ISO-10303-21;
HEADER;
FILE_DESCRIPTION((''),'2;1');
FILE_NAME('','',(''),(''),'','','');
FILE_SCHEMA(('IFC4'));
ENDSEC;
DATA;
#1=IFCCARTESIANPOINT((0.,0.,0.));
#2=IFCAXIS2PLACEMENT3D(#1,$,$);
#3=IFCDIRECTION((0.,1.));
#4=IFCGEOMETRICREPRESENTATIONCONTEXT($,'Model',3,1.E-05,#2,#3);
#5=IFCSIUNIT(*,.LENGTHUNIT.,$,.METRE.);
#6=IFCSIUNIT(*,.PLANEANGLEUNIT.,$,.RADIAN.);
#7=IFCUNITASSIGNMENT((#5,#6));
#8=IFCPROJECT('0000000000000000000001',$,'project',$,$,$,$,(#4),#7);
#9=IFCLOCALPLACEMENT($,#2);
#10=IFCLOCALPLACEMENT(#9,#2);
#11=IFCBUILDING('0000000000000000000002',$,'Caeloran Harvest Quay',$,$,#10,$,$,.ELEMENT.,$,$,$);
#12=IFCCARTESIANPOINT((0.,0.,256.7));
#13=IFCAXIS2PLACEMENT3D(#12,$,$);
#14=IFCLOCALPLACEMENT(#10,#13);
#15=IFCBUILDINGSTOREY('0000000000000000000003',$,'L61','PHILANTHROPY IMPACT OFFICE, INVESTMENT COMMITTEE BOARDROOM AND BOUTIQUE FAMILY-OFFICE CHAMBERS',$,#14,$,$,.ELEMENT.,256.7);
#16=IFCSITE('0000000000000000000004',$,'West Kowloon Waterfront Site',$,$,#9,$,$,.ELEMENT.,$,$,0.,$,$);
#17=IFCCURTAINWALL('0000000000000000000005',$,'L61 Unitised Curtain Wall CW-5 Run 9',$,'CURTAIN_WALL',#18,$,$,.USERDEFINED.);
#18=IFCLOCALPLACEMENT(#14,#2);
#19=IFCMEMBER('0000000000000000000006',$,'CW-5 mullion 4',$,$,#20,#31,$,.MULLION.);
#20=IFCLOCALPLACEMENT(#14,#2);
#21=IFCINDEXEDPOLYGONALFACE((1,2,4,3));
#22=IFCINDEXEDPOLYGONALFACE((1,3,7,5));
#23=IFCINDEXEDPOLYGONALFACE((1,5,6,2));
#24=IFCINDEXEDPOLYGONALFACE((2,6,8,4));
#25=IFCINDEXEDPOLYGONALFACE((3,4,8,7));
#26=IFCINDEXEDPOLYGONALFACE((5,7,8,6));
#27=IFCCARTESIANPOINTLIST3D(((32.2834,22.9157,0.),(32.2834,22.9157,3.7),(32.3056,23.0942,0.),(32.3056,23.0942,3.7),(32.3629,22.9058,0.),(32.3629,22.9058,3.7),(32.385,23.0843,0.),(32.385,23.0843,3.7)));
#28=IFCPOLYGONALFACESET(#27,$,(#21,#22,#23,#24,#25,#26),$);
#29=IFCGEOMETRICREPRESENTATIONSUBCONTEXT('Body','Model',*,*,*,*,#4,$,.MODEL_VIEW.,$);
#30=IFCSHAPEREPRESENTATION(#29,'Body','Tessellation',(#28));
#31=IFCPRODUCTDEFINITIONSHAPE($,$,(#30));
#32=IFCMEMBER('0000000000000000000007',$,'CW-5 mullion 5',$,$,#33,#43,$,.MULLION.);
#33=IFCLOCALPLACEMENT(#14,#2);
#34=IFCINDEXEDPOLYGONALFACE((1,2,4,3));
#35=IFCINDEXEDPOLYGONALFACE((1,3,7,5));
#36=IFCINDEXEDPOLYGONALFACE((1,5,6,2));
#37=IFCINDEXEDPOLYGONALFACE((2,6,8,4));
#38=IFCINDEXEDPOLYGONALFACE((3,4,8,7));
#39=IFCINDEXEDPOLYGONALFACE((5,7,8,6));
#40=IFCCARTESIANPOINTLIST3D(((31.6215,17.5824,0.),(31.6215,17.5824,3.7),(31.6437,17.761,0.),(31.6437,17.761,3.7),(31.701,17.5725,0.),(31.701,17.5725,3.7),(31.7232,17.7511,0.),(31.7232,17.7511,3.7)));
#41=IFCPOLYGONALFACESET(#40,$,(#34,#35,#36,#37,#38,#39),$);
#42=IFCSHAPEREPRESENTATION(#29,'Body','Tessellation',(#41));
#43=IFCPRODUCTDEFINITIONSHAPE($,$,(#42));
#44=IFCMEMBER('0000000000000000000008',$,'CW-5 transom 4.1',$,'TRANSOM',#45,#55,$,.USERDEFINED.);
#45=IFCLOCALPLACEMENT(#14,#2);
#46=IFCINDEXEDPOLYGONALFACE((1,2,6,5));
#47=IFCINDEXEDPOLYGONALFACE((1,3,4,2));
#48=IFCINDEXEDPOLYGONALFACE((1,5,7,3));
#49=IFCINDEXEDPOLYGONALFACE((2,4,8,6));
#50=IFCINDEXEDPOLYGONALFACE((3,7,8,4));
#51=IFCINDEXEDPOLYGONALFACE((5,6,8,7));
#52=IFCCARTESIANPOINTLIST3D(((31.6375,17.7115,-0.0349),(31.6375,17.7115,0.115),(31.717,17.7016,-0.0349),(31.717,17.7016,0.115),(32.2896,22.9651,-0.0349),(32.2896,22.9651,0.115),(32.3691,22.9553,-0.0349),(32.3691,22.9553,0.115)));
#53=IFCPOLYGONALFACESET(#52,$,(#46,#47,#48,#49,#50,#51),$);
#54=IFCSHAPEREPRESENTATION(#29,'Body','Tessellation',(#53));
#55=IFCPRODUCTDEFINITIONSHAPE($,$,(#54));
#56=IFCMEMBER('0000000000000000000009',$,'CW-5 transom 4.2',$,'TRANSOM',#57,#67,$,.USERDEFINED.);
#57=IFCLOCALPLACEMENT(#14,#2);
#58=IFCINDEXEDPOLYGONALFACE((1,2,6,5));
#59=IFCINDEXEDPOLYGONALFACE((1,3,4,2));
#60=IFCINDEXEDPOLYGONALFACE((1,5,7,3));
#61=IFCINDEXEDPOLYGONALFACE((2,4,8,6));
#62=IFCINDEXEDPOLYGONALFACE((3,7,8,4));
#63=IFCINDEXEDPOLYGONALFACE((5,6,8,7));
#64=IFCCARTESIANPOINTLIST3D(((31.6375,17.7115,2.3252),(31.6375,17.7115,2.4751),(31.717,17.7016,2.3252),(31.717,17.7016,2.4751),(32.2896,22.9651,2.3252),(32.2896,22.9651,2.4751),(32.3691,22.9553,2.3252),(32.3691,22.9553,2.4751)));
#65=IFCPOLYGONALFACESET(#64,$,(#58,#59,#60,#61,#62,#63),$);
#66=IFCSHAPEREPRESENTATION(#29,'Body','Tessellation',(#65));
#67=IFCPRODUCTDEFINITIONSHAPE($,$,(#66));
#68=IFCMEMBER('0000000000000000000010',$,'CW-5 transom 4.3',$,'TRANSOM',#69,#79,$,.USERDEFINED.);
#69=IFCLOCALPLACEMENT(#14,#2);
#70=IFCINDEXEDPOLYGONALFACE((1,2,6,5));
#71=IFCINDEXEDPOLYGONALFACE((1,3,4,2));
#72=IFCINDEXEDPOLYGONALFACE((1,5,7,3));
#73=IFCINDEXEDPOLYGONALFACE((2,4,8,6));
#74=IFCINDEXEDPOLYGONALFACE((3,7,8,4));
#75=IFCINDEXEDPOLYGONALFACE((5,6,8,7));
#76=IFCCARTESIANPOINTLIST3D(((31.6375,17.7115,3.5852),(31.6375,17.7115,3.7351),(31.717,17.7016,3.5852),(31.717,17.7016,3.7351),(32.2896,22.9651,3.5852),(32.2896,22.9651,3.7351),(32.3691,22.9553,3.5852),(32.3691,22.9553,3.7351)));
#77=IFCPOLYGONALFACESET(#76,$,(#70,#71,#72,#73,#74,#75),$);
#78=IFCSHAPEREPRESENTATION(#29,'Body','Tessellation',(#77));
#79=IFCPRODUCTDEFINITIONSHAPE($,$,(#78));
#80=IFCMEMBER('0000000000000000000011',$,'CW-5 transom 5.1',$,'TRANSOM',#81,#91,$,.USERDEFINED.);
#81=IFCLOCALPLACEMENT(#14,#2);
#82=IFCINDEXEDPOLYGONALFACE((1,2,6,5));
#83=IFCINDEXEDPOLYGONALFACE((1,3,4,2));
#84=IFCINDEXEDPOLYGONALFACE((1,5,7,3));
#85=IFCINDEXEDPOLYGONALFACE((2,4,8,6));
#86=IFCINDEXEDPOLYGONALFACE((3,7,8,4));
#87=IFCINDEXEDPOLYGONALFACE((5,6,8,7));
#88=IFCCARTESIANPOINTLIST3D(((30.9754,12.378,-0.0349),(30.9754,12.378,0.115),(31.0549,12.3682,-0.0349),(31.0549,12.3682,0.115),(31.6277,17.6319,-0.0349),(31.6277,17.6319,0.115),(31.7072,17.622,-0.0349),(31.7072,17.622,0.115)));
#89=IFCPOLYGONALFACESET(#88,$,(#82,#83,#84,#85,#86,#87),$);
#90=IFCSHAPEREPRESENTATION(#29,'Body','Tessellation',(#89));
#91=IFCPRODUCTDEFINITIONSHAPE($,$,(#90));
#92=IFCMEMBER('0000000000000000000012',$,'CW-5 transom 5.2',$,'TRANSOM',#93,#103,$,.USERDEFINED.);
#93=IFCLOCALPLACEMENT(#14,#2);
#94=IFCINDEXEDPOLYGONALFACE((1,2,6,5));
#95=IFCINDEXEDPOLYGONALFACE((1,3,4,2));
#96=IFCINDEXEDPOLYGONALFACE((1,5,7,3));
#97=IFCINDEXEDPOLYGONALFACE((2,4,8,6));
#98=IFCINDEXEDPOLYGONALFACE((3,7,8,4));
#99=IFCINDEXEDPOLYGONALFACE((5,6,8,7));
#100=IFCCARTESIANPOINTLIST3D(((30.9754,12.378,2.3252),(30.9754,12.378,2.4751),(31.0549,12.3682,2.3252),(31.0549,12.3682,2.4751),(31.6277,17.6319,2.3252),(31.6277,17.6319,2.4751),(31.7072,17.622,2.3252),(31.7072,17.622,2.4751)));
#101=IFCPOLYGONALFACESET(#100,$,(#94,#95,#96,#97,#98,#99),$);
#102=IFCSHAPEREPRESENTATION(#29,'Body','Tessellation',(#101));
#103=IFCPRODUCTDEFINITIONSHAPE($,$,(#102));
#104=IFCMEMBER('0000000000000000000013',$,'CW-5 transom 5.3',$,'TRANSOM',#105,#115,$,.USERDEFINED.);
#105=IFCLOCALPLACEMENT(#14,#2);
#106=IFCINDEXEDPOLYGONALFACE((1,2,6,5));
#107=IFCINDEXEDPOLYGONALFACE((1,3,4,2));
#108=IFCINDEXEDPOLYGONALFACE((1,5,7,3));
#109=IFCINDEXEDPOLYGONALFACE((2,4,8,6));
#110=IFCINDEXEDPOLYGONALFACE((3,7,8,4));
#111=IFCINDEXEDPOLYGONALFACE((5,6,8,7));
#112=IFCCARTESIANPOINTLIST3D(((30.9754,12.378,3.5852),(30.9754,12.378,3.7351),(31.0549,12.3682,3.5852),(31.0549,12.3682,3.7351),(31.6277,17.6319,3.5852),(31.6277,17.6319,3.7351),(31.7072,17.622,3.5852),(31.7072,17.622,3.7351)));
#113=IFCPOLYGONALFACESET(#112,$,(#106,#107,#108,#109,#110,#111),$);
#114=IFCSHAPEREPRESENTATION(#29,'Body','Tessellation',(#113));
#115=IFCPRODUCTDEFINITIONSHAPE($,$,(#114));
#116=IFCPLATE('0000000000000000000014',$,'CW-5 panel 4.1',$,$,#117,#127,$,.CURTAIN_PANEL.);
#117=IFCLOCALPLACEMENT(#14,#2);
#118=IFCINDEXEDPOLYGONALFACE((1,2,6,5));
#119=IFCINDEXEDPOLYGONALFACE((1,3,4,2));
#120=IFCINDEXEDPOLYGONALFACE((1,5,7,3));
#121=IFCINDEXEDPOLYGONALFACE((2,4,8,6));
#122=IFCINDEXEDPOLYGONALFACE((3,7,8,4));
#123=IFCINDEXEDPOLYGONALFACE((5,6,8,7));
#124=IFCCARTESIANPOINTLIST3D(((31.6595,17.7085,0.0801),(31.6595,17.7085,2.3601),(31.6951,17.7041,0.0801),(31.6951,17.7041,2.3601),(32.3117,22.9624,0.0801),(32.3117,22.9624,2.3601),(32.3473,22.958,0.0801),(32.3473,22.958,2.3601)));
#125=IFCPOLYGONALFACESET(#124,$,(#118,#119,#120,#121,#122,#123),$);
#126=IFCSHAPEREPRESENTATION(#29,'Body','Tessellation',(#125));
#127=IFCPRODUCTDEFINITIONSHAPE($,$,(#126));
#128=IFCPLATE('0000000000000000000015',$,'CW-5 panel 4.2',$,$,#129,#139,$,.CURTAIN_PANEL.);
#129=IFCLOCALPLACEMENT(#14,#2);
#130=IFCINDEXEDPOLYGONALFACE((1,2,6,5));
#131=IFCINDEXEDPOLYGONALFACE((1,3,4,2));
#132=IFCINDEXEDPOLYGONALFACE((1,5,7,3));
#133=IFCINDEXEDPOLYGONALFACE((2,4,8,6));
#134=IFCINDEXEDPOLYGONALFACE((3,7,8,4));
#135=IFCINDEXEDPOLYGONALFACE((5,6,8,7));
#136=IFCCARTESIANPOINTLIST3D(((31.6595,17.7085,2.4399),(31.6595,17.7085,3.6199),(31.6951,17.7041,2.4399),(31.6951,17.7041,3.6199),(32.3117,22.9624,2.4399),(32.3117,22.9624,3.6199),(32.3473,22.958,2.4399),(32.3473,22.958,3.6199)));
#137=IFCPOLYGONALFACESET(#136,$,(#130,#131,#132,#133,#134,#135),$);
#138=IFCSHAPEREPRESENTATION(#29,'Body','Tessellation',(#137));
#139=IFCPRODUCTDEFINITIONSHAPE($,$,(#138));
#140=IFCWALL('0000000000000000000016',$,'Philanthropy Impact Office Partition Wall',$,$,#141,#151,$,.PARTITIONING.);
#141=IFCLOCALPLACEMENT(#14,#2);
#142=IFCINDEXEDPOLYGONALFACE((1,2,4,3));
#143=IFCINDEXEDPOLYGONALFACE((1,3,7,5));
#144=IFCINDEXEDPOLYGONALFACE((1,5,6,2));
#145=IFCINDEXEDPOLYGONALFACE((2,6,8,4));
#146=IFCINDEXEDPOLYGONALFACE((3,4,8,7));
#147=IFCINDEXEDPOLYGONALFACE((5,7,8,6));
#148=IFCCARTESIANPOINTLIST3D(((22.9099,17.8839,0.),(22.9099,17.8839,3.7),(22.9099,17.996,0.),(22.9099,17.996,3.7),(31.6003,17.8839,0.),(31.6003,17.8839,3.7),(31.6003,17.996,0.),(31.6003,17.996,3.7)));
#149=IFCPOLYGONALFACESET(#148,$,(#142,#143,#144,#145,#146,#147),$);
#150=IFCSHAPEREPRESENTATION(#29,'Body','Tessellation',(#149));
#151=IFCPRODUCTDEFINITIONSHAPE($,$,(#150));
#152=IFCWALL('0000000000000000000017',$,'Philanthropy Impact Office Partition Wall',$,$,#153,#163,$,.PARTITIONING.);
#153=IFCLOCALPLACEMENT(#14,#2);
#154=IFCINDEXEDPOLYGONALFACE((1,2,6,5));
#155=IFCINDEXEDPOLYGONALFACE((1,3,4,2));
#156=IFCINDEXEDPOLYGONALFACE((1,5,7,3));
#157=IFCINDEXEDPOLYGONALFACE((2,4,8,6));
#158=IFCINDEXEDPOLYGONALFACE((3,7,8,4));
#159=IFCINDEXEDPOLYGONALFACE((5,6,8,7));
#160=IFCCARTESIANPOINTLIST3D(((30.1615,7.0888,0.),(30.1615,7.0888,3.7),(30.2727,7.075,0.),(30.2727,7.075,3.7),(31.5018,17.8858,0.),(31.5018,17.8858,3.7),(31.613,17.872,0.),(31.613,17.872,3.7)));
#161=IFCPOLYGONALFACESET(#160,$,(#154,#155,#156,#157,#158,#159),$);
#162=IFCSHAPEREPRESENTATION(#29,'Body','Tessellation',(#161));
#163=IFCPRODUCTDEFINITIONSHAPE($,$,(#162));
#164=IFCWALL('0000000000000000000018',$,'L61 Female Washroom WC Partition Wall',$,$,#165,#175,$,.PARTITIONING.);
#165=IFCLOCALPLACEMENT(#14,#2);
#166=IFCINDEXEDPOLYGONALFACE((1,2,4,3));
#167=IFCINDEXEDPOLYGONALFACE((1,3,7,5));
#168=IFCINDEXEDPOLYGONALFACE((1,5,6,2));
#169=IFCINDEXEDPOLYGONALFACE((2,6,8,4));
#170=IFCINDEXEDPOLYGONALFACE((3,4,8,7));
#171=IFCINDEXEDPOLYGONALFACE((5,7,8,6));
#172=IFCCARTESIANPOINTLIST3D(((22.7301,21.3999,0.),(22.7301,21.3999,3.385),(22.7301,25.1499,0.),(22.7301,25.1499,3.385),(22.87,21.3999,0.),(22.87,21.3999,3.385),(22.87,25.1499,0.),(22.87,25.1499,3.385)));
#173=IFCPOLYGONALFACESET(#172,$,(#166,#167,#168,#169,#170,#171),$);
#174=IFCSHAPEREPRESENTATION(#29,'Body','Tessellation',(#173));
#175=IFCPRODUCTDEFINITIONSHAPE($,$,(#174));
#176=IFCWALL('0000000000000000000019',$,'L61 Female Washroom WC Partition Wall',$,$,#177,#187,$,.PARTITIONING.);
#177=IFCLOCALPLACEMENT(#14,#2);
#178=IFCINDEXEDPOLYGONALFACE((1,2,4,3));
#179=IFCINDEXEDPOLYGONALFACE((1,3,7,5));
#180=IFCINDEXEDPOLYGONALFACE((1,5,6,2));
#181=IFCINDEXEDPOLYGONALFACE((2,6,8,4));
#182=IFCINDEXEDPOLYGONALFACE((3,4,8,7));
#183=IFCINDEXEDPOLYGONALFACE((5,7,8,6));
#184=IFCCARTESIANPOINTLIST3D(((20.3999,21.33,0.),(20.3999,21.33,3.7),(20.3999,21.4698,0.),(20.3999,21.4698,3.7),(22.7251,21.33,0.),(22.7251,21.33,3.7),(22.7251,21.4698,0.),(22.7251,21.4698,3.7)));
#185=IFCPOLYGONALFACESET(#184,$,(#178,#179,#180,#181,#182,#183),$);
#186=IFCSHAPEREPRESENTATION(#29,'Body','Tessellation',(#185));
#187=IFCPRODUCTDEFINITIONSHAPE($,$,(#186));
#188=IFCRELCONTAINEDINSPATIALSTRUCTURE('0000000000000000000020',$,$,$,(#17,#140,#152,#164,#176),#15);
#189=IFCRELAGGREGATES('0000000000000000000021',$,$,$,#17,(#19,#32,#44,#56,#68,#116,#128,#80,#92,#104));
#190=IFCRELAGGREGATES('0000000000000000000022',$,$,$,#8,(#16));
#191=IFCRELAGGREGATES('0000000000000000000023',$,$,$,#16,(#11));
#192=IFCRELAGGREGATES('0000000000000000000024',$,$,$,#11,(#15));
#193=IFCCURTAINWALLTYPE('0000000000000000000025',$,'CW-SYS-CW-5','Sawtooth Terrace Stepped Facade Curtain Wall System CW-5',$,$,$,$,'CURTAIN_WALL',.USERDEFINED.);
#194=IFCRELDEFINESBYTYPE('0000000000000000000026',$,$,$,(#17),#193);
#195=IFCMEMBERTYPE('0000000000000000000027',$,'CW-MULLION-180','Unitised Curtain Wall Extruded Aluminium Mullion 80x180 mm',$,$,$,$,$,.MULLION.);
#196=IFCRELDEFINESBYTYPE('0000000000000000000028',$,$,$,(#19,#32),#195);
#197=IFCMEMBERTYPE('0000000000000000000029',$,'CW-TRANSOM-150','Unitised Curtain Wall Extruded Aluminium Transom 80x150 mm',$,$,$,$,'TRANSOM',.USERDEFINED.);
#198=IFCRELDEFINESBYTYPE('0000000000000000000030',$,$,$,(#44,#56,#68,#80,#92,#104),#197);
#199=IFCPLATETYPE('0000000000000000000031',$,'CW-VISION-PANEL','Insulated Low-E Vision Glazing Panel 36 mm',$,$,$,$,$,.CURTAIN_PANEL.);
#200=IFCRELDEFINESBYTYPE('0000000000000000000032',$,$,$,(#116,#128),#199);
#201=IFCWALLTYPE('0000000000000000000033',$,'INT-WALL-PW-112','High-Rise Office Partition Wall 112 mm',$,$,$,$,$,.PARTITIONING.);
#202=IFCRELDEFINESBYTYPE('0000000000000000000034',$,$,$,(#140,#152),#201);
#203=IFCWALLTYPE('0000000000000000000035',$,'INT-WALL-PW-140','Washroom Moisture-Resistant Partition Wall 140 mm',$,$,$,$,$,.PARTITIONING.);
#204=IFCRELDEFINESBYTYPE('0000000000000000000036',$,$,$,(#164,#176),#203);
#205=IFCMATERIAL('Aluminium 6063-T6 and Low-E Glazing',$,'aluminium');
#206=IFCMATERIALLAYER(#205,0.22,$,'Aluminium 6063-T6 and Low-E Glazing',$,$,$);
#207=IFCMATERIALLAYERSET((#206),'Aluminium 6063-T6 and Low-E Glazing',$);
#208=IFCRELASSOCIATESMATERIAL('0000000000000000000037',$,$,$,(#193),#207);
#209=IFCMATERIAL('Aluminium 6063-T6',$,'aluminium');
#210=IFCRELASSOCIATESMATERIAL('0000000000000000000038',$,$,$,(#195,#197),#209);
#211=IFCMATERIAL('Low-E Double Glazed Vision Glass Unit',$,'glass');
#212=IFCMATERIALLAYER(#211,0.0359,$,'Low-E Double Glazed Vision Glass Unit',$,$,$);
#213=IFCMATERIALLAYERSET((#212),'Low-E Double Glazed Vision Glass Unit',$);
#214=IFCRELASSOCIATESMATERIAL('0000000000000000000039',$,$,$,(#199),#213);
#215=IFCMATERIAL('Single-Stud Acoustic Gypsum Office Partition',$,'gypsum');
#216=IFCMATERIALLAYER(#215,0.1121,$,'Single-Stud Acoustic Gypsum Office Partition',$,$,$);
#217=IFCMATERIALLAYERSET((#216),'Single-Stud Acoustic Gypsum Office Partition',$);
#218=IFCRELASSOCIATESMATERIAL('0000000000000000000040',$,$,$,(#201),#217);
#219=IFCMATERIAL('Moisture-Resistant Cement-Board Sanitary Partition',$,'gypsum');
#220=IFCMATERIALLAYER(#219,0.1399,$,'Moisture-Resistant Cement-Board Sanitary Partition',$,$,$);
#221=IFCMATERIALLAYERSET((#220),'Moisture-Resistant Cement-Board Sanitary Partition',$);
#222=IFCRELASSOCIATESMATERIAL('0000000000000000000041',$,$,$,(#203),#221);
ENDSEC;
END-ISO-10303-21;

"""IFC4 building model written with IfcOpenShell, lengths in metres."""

from ifc_helpers import new_model, si_unit, direction, frame, frame_2d, origin, origin_2d, place, context, subcontext, project, spatial, rectangle, extrude, material, layer, layer_set, material_profile, profile_set, type_object, element, aggregate, save


model = new_model("IFC4")

# Units and contexts
model_context = context("Model", 3, precision=1e-05, world=origin(), true_north=direction((0.0, 1.0)))
body_context = subcontext(model_context, "Body", "Model", "MODEL_VIEW")
ifc_project = project(units=[si_unit("LENGTHUNIT", "METRE"), si_unit("PLANEANGLEUNIT", "RADIAN")], contexts=[model_context])

# Site, building, storey
site_placement = place(None, origin())
site = spatial("IfcSite", under=ifc_project, at=site_placement, Name="West Kowloon Waterfront Site", CompositionType="ELEMENT", RefElevation=0.0)
building_placement = place(site_placement, origin())
building = spatial("IfcBuilding", under=site, at=building_placement, Name="Caeloran Harvest Quay", CompositionType="ELEMENT")
storey_placement = place(building_placement, frame((0.0, 0.0, 256.7)))
storey = spatial("IfcBuildingStorey", under=building, at=storey_placement, Name="L61", Description="PHILANTHROPY IMPACT OFFICE, INVESTMENT COMMITTEE BOARDROOM AND BOUTIQUE FAMILY-OFFICE CHAMBERS", CompositionType="ELEMENT", Elevation=256.7)

# Curtain wall, members, plates
ifc_material_1 = material(Name="Aluminium 6063-T6 and Low-E Glazing", Category="aluminium")
ifc_layer_1 = layer(ifc_material_1, 0.22, Name="Aluminium 6063-T6 and Low-E Glazing")
ifc_layer_set_1 = layer_set([ifc_layer_1], Name="Aluminium 6063-T6 and Low-E Glazing")
curtain_wall_type = type_object("IfcCurtainWallType", Name="CW-SYS-CW-5", Description="Sawtooth Terrace Stepped Facade Curtain Wall System CW-5", ElementType="CURTAIN_WALL", PredefinedType="USERDEFINED", material=ifc_layer_set_1)
curtain_wall_placement = place(storey_placement, origin())
curtain_wall = element("IfcCurtainWall", 1, at=curtain_wall_placement, inside=storey, type_object=curtain_wall_type, Name="L61 Unitised Curtain Wall CW-5 Run 9", ObjectType="CURTAIN_WALL", PredefinedType="USERDEFINED")
ifc_material_2 = material(Name="Aluminium 6063-T6", Category="aluminium")
ifc_material_profile_1 = material_profile(ifc_material_2, rectangle(XDim=0.0801, YDim=0.1799, at=origin_2d()), Name="CW-MULLION-180")
ifc_profile_set_1 = profile_set([ifc_material_profile_1], Name="Aluminium 6063-T6")
member_type_1 = type_object("IfcMemberType", Name="CW-MULLION-180", Description="Unitised Curtain Wall Extruded Aluminium Mullion 80x180 mm", PredefinedType="MULLION", material=ifc_profile_set_1)
member_1_placement = place(storey_placement, frame((32.3342, 23.0, 0.0), z_axis=(0.0, 0.0, 1.0), x_axis=(0.992383, -0.12319, 0.0)))
member_1 = element("IfcMember", 2, at=member_1_placement, type_object=member_type_1, Name="CW-5 mullion 4", PredefinedType="MULLION", context=body_context, shape_type="SweptSolid", body=[
    extrude(rectangle(XDim=0.0801, YDim=0.1799, at=origin_2d()), origin(), (0.0, 0.0, 1.0), 3.7),
])
member_2_placement = place(storey_placement, frame((31.6724, 17.6667, 0.0), z_axis=(0.0, 0.0, 1.0), x_axis=(0.992383, -0.12319, 0.0)))
member_2 = element("IfcMember", 3, at=member_2_placement, type_object=member_type_1, Name="CW-5 mullion 5", PredefinedType="MULLION", context=body_context, shape_type="SweptSolid", body=[
    extrude(rectangle(XDim=0.0801, YDim=0.1799, at=origin_2d()), origin(), (0.0, 0.0, 1.0), 3.7),
])
ifc_material_profile_2 = material_profile(ifc_material_2, rectangle(XDim=0.0801, YDim=0.1499, at=origin_2d()), Name="CW-TRANSOM-150")
ifc_profile_set_2 = profile_set([ifc_material_profile_2], Name="Aluminium 6063-T6")
member_type_2 = type_object("IfcMemberType", Name="CW-TRANSOM-150", Description="Unitised Curtain Wall Extruded Aluminium Transom 80x150 mm", ElementType="TRANSOM", PredefinedType="USERDEFINED", material=ifc_profile_set_2)
member_3_placement = place(storey_placement, frame((32.3293, 22.9602, 0.04), z_axis=(-0.123178, -0.992385, 0.0), x_axis=(0.992385, -0.123178, 0.0)))
member_3 = element("IfcMember", 4, at=member_3_placement, type_object=member_type_2, Name="CW-5 transom 4.1", ObjectType="TRANSOM", PredefinedType="USERDEFINED", context=body_context, shape_type="SweptSolid", body=[
    extrude(rectangle(XDim=0.0801, YDim=0.1499, at=origin_2d()), origin(), (0.0, 0.0, 1.0), 5.2939),
])
member_4_placement = place(storey_placement, frame((32.3293, 22.9602, 2.4001), z_axis=(-0.123178, -0.992385, 0.0), x_axis=(0.992385, -0.123178, 0.0)))
member_4 = element("IfcMember", 5, at=member_4_placement, type_object=member_type_2, Name="CW-5 transom 4.2", ObjectType="TRANSOM", PredefinedType="USERDEFINED", context=body_context, shape_type="SweptSolid", body=[
    extrude(rectangle(XDim=0.0801, YDim=0.1499, at=origin_2d()), origin(), (0.0, 0.0, 1.0), 5.2939),
])
member_5_placement = place(storey_placement, frame((32.3293, 22.9602, 3.6602), z_axis=(-0.123178, -0.992385, 0.0), x_axis=(0.992385, -0.123178, 0.0)))
member_5 = element("IfcMember", 6, at=member_5_placement, type_object=member_type_2, Name="CW-5 transom 4.3", ObjectType="TRANSOM", PredefinedType="USERDEFINED", context=body_context, shape_type="SweptSolid", body=[
    extrude(rectangle(XDim=0.0801, YDim=0.1499, at=origin_2d()), origin(), (0.0, 0.0, 1.0), 5.2939),
])
member_6_placement = place(storey_placement, frame((31.6675, 17.627, 0.04), z_axis=(-0.123217, -0.99238, 0.0), x_axis=(0.99238, -0.123217, 0.0)))
member_6 = element("IfcMember", 7, at=member_6_placement, type_object=member_type_2, Name="CW-5 transom 5.1", ObjectType="TRANSOM", PredefinedType="USERDEFINED", context=body_context, shape_type="SweptSolid", body=[
    extrude(rectangle(XDim=0.0801, YDim=0.1499, at=origin_2d()), origin(), (0.0, 0.0, 1.0), 5.2942),
])
member_7_placement = place(storey_placement, frame((31.6675, 17.627, 2.4001), z_axis=(-0.123217, -0.99238, 0.0), x_axis=(0.99238, -0.123217, 0.0)))
member_7 = element("IfcMember", 8, at=member_7_placement, type_object=member_type_2, Name="CW-5 transom 5.2", ObjectType="TRANSOM", PredefinedType="USERDEFINED", context=body_context, shape_type="SweptSolid", body=[
    extrude(rectangle(XDim=0.0801, YDim=0.1499, at=origin_2d()), origin(), (0.0, 0.0, 1.0), 5.2942),
])
member_8_placement = place(storey_placement, frame((31.6675, 17.627, 3.6602), z_axis=(-0.123217, -0.99238, 0.0), x_axis=(0.99238, -0.123217, 0.0)))
member_8 = element("IfcMember", 9, at=member_8_placement, type_object=member_type_2, Name="CW-5 transom 5.3", ObjectType="TRANSOM", PredefinedType="USERDEFINED", context=body_context, shape_type="SweptSolid", body=[
    extrude(rectangle(XDim=0.0801, YDim=0.1499, at=origin_2d()), origin(), (0.0, 0.0, 1.0), 5.2942),
])
ifc_material_3 = material(Name="Low-E Double Glazed Vision Glass Unit", Category="glass")
ifc_layer_2 = layer(ifc_material_3, 0.0359, Name="Low-E Double Glazed Vision Glass Unit")
ifc_layer_set_2 = layer_set([ifc_layer_2], Name="Low-E Double Glazed Vision Glass Unit")
plate_type = type_object("IfcPlateType", Name="CW-VISION-PANEL", Description="Insulated Low-E Vision Glazing Panel 36 mm", PredefinedType="CURTAIN_PANEL", material=ifc_layer_set_2)
plate_1_placement = place(storey_placement, frame((32.0034, 20.3333, 0.0801), z_axis=(0.0, 0.0, 1.0), x_axis=(-0.12319, -0.992383, 0.0)))
plate_1 = element("IfcPlate", 10, at=plate_1_placement, type_object=plate_type, Name="CW-5 panel 4.1", PredefinedType="CURTAIN_PANEL", context=body_context, shape_type="SweptSolid", body=[
    extrude(rectangle(XDim=5.2942, YDim=0.0359, at=origin_2d()), origin(), (0.0, 0.0, 1.0), 2.28),
])
plate_2_placement = place(storey_placement, frame((32.0034, 20.3333, 2.4399), z_axis=(0.0, 0.0, 1.0), x_axis=(-0.12319, -0.992383, 0.0)))
plate_2 = element("IfcPlate", 11, at=plate_2_placement, type_object=plate_type, Name="CW-5 panel 4.2", PredefinedType="CURTAIN_PANEL", context=body_context, shape_type="SweptSolid", body=[
    extrude(rectangle(XDim=5.2942, YDim=0.0359, at=origin_2d()), origin(), (0.0, 0.0, 1.0), 1.1799),
])
aggregate(curtain_wall, [member_1, member_2, member_3, member_4, member_5, plate_1, plate_2, member_6, member_7, member_8])

# Walls
ifc_material_4 = material(Name="Single-Stud Acoustic Gypsum Office Partition", Category="gypsum")
ifc_layer_3 = layer(ifc_material_4, 0.1121, Name="Single-Stud Acoustic Gypsum Office Partition")
ifc_layer_set_3 = layer_set([ifc_layer_3], Name="Single-Stud Acoustic Gypsum Office Partition")
wall_type_1 = type_object("IfcWallType", Name="INT-WALL-PW-112", Description="High-Rise Office Partition Wall 112 mm", PredefinedType="PARTITIONING", material=ifc_layer_set_3)
wall_1_placement = place(storey_placement, frame((22.9099, 17.9399, 0.0), z_axis=(0.0, 0.0, 1.0), x_axis=(1.0, 0.0, 0.0)))
element("IfcWall", 12, at=wall_1_placement, inside=storey, type_object=wall_type_1, Name="Philanthropy Impact Office Partition Wall", PredefinedType="PARTITIONING", context=body_context, shape_type="SweptSolid", body=[
    extrude(rectangle(XDim=8.6904, YDim=0.1121, at=frame_2d((4.3452, 0.0))), origin(), (0.0, 0.0, 1.0), 3.7),
])
wall_2_placement = place(storey_placement, frame((31.5574, 17.8789, 0.0), z_axis=(0.0, 0.0, 1.0), x_axis=(-0.123192, -0.992383, 0.0)))
element("IfcWall", 13, at=wall_2_placement, inside=storey, type_object=wall_type_1, Name="Philanthropy Impact Office Partition Wall", PredefinedType="PARTITIONING", context=body_context, shape_type="SweptSolid", body=[
    extrude(rectangle(XDim=10.8799, YDim=0.1121, at=frame_2d((5.4399, 0.0))), origin(), (0.0, 0.0, 1.0), 3.7),
])
ifc_material_5 = material(Name="Moisture-Resistant Cement-Board Sanitary Partition", Category="gypsum")
ifc_layer_4 = layer(ifc_material_5, 0.1399, Name="Moisture-Resistant Cement-Board Sanitary Partition")
ifc_layer_set_4 = layer_set([ifc_layer_4], Name="Moisture-Resistant Cement-Board Sanitary Partition")
wall_type_2 = type_object("IfcWallType", Name="INT-WALL-PW-140", Description="Washroom Moisture-Resistant Partition Wall 140 mm", PredefinedType="PARTITIONING", material=ifc_layer_set_4)
wall_3_placement = place(storey_placement, frame((22.8, 25.1499, 0.0), z_axis=(0.0, 0.0, 1.0), x_axis=(0.0, -1.0, 0.0)))
element("IfcWall", 14, at=wall_3_placement, inside=storey, type_object=wall_type_2, Name="L61 Female Washroom WC Partition Wall", PredefinedType="PARTITIONING", context=body_context, shape_type="SweptSolid", body=[
    extrude(rectangle(XDim=3.75, YDim=0.1399, at=frame_2d((1.875, 0.0))), origin(), (0.0, 0.0, 1.0), 3.385),
])
wall_4_placement = place(storey_placement, frame((22.7251, 21.3999, 0.0), z_axis=(0.0, 0.0, 1.0), x_axis=(-1.0, 0.0, 0.0)))
element("IfcWall", 15, at=wall_4_placement, inside=storey, type_object=wall_type_2, Name="L61 Female Washroom WC Partition Wall", PredefinedType="PARTITIONING", context=body_context, shape_type="SweptSolid", body=[
    extrude(rectangle(XDim=2.3252, YDim=0.1399, at=frame_2d((1.1626, 0.0))), origin(), (0.0, 0.0, 1.0), 3.7),
])

save(model, "model.ifc")
